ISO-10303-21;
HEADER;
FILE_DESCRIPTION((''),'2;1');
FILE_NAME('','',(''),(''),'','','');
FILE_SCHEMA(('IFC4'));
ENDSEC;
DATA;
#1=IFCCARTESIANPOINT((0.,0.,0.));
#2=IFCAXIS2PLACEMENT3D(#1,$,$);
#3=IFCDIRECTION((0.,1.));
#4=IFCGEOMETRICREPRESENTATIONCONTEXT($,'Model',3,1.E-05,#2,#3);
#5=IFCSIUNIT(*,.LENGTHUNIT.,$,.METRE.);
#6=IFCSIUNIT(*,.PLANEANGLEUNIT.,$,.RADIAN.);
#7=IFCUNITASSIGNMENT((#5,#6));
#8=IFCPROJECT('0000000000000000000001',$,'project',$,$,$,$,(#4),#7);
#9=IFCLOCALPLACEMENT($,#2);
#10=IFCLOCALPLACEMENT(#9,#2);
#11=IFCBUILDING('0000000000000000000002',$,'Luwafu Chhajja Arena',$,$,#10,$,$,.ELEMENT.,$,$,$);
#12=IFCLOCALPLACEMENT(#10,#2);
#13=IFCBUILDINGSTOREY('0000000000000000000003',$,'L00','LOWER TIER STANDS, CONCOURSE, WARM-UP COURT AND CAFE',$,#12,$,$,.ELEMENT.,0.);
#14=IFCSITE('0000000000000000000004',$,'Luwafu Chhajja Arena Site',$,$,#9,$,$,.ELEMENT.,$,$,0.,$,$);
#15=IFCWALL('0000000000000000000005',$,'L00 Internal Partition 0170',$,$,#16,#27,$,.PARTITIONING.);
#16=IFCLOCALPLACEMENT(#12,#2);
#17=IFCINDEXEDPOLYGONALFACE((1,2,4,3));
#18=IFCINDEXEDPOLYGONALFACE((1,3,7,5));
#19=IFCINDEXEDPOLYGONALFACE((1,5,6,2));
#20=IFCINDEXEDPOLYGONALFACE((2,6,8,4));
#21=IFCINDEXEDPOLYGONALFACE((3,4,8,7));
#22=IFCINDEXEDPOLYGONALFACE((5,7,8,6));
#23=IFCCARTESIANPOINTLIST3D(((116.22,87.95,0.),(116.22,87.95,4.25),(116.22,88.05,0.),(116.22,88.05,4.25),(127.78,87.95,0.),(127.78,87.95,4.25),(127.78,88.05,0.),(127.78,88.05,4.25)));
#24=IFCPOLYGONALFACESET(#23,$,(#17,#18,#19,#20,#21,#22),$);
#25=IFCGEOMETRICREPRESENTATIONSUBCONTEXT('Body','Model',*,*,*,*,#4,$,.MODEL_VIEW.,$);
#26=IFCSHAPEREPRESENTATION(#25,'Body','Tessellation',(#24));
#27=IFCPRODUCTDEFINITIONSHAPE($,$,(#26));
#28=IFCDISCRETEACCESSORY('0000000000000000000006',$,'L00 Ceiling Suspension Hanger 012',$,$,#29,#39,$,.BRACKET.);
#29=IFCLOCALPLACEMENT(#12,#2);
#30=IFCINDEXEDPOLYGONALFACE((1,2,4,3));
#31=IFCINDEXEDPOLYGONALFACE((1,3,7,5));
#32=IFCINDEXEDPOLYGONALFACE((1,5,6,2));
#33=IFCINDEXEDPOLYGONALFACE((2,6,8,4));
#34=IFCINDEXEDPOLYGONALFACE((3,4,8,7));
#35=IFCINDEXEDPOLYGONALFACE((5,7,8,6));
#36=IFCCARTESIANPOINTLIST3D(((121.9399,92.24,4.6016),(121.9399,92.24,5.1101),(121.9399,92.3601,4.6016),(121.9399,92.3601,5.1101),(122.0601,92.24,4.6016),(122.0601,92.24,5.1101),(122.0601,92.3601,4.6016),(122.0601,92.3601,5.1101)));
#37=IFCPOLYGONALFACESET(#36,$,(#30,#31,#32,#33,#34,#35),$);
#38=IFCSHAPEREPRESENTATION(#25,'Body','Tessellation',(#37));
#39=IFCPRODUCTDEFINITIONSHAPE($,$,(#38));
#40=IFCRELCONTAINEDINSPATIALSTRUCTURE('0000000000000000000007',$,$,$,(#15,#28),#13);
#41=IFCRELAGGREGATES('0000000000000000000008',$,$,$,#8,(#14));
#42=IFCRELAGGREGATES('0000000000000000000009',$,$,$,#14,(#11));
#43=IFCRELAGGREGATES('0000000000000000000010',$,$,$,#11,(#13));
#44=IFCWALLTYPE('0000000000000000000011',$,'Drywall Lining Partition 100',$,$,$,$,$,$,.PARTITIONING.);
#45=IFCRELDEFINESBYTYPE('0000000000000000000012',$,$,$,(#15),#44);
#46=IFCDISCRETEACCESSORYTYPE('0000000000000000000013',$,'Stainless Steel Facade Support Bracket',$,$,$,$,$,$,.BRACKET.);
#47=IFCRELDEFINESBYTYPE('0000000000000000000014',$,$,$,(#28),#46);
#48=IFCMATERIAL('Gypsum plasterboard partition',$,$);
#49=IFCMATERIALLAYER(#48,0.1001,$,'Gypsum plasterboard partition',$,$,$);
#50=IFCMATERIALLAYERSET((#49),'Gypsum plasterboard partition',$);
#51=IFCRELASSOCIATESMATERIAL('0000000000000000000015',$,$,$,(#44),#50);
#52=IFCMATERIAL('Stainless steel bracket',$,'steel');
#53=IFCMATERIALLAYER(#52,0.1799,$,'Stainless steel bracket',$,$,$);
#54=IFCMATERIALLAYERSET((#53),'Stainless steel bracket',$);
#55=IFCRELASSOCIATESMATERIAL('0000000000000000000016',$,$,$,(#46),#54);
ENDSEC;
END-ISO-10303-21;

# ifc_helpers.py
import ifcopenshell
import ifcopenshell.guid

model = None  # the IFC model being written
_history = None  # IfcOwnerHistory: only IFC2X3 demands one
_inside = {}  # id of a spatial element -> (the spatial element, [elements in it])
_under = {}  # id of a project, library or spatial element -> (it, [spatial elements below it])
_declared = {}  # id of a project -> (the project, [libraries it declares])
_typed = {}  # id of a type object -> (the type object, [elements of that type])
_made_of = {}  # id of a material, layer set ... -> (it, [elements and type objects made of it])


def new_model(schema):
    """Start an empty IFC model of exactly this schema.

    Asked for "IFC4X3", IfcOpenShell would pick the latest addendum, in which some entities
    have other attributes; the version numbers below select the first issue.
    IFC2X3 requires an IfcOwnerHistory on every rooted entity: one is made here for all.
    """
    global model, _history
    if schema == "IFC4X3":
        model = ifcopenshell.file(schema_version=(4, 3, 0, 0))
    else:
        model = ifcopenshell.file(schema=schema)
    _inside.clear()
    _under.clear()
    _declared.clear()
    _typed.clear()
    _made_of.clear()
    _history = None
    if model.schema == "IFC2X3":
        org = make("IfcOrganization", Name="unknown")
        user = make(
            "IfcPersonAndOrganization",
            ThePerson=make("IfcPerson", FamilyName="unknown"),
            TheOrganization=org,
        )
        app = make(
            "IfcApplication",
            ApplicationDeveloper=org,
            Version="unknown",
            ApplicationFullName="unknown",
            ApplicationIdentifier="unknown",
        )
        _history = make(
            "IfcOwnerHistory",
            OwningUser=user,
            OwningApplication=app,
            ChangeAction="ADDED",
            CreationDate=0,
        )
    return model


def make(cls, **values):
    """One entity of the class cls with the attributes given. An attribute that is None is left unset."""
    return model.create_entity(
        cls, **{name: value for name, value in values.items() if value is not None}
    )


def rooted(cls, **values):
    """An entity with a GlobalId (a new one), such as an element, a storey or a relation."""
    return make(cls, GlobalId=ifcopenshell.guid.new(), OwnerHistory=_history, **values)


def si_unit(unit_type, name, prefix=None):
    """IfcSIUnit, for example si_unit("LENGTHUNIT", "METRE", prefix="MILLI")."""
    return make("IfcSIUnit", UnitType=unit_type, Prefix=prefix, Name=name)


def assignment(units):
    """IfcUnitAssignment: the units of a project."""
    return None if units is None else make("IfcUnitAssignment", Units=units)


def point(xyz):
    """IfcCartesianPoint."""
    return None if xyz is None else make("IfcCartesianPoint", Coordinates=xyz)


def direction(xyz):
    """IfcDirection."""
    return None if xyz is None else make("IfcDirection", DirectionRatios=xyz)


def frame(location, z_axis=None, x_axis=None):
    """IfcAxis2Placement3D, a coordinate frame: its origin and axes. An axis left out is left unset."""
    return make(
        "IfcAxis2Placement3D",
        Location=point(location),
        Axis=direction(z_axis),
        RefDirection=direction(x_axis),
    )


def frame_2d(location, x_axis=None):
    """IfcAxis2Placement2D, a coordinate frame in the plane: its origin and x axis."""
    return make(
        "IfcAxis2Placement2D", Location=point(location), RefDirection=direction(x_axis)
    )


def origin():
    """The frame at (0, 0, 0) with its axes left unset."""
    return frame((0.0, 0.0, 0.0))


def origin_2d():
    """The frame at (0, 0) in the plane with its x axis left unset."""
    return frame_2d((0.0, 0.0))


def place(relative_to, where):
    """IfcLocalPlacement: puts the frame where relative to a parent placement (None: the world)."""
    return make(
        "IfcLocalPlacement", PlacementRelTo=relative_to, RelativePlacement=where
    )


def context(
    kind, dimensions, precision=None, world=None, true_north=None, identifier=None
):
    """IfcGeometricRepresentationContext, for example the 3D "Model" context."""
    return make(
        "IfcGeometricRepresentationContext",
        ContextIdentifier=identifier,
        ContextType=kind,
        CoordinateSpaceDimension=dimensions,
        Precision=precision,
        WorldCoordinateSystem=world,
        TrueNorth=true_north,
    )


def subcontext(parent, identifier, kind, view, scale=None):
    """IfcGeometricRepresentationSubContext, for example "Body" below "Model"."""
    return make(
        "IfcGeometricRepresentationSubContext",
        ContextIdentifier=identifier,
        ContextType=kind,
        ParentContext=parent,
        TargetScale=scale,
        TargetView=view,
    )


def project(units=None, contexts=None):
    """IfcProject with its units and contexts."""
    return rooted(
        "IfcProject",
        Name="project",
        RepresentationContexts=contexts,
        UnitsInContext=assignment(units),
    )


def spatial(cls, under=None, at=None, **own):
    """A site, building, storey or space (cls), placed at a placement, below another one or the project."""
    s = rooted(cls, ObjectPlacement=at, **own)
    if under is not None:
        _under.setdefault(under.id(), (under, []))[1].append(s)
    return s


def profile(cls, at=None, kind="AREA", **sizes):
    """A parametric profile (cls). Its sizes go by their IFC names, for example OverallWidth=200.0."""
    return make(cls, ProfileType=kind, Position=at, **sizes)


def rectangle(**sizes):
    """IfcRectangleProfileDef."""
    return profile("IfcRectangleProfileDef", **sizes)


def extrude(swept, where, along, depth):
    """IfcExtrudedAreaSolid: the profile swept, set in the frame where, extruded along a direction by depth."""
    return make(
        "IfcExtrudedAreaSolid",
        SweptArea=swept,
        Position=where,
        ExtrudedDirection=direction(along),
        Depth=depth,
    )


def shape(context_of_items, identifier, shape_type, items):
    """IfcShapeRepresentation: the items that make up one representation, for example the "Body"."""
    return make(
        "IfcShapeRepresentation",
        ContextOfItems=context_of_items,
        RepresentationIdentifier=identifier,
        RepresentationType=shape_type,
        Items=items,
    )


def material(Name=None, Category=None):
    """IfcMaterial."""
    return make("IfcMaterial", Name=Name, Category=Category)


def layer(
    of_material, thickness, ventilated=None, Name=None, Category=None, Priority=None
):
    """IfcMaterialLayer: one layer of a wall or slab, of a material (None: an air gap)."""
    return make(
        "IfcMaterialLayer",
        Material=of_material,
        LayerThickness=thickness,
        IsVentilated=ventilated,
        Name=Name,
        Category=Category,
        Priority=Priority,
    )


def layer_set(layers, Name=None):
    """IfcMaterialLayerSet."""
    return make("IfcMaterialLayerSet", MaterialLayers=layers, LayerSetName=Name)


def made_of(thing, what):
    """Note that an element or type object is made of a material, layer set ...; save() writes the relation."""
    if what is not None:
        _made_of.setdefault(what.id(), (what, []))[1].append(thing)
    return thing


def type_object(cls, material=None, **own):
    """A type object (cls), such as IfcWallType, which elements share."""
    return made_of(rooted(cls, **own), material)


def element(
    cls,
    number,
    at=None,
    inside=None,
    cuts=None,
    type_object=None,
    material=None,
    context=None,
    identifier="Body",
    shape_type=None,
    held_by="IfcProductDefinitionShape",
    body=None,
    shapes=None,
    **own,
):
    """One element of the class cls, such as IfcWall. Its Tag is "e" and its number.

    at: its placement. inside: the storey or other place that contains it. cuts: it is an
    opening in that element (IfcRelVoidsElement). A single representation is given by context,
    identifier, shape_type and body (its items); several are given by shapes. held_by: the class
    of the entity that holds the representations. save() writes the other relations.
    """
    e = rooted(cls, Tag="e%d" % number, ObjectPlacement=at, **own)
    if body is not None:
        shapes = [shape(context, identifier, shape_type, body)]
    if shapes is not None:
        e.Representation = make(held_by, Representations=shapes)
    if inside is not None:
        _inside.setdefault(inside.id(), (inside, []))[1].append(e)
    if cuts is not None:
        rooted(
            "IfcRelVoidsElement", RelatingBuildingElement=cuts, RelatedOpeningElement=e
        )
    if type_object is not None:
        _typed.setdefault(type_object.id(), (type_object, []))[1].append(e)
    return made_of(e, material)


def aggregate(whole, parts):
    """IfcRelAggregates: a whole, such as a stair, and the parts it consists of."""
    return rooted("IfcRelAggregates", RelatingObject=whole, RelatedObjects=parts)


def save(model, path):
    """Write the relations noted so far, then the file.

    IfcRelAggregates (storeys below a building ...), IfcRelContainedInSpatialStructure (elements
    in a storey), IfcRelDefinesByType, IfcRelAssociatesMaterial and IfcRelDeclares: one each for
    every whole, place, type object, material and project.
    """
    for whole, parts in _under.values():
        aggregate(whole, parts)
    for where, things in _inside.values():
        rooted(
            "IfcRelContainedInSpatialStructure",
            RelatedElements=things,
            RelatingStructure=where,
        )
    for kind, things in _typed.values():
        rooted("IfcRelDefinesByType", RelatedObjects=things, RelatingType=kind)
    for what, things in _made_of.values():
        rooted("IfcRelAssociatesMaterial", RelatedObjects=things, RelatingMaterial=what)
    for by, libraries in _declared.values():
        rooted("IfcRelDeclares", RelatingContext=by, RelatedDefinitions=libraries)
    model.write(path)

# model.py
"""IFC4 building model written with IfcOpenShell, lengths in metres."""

from ifc_helpers import new_model, si_unit, direction, frame, frame_2d, origin, origin_2d, place, context, subcontext, project, spatial, rectangle, extrude, material, layer, layer_set, type_object, element, save


model = new_model("IFC4")

# Units and contexts
model_context = context("Model", 3, precision=1e-05, world=origin(), true_north=direction((0.0, 1.0)))
body_context = subcontext(model_context, "Body", "Model", "MODEL_VIEW")
ifc_project = project(units=[si_unit("LENGTHUNIT", "METRE"), si_unit("PLANEANGLEUNIT", "RADIAN")], contexts=[model_context])

# Site, building, storey
site_placement = place(None, origin())
site = spatial("IfcSite", under=ifc_project, at=site_placement, Name="Luwafu Chhajja Arena Site", CompositionType="ELEMENT", RefElevation=0.0)
building_placement = place(site_placement, origin())
building = spatial("IfcBuilding", under=site, at=building_placement, Name="Luwafu Chhajja Arena", CompositionType="ELEMENT")
storey_placement = place(building_placement, origin())
storey = spatial("IfcBuildingStorey", under=building, at=storey_placement, Name="L00", Description="LOWER TIER STANDS, CONCOURSE, WARM-UP COURT AND CAFE", CompositionType="ELEMENT", Elevation=0.0)

# Shared definitions
ifc_material_1 = material(Name="Gypsum plasterboard partition")
ifc_layer_1 = layer(ifc_material_1, 0.1001, Name="Gypsum plasterboard partition")
ifc_layer_set_1 = layer_set([ifc_layer_1], Name="Gypsum plasterboard partition")
wall_type = type_object("IfcWallType", Name="Drywall Lining Partition 100", PredefinedType="PARTITIONING", material=ifc_layer_set_1)

# Wall
wall_1_placement = place(storey_placement, frame((116.22, 88.0, 0.0), z_axis=(0.0, 0.0, 1.0), x_axis=(1.0, 0.0, 0.0)))
element("IfcWall", 1, at=wall_1_placement, inside=storey, type_object=wall_type, Name="L00 Internal Partition 0170", PredefinedType="PARTITIONING", context=body_context, shape_type="SweptSolid", body=[
    extrude(rectangle(XDim=11.5601, YDim=0.1001, at=frame_2d((5.78, 0.0))), origin(), (0.0, 0.0, 1.0), 4.25),
])

# Discrete accessory
ifc_material_2 = material(Name="Stainless steel bracket", Category="steel")
ifc_layer_2 = layer(ifc_material_2, 0.1799, Name="Stainless steel bracket")
ifc_layer_set_2 = layer_set([ifc_layer_2], Name="Stainless steel bracket")
discrete_accessory_type = type_object("IfcDiscreteAccessoryType", Name="Stainless Steel Facade Support Bracket", PredefinedType="BRACKET", material=ifc_layer_set_2)
discrete_accessory_placement = place(storey_placement, frame((122.0, 92.3, 4.6016), z_axis=(0.0, 0.0, 1.0), x_axis=(1.0, 0.0, 0.0)))
element("IfcDiscreteAccessory", 2, at=discrete_accessory_placement, inside=storey, type_object=discrete_accessory_type, Name="L00 Ceiling Suspension Hanger 012", PredefinedType="BRACKET", context=body_context, shape_type="SweptSolid", body=[
    extrude(rectangle(XDim=0.1201, YDim=0.1201, at=origin_2d()), origin(), (0.0, 0.0, 1.0), 0.5085),
])

save(model, "model.ifc")
